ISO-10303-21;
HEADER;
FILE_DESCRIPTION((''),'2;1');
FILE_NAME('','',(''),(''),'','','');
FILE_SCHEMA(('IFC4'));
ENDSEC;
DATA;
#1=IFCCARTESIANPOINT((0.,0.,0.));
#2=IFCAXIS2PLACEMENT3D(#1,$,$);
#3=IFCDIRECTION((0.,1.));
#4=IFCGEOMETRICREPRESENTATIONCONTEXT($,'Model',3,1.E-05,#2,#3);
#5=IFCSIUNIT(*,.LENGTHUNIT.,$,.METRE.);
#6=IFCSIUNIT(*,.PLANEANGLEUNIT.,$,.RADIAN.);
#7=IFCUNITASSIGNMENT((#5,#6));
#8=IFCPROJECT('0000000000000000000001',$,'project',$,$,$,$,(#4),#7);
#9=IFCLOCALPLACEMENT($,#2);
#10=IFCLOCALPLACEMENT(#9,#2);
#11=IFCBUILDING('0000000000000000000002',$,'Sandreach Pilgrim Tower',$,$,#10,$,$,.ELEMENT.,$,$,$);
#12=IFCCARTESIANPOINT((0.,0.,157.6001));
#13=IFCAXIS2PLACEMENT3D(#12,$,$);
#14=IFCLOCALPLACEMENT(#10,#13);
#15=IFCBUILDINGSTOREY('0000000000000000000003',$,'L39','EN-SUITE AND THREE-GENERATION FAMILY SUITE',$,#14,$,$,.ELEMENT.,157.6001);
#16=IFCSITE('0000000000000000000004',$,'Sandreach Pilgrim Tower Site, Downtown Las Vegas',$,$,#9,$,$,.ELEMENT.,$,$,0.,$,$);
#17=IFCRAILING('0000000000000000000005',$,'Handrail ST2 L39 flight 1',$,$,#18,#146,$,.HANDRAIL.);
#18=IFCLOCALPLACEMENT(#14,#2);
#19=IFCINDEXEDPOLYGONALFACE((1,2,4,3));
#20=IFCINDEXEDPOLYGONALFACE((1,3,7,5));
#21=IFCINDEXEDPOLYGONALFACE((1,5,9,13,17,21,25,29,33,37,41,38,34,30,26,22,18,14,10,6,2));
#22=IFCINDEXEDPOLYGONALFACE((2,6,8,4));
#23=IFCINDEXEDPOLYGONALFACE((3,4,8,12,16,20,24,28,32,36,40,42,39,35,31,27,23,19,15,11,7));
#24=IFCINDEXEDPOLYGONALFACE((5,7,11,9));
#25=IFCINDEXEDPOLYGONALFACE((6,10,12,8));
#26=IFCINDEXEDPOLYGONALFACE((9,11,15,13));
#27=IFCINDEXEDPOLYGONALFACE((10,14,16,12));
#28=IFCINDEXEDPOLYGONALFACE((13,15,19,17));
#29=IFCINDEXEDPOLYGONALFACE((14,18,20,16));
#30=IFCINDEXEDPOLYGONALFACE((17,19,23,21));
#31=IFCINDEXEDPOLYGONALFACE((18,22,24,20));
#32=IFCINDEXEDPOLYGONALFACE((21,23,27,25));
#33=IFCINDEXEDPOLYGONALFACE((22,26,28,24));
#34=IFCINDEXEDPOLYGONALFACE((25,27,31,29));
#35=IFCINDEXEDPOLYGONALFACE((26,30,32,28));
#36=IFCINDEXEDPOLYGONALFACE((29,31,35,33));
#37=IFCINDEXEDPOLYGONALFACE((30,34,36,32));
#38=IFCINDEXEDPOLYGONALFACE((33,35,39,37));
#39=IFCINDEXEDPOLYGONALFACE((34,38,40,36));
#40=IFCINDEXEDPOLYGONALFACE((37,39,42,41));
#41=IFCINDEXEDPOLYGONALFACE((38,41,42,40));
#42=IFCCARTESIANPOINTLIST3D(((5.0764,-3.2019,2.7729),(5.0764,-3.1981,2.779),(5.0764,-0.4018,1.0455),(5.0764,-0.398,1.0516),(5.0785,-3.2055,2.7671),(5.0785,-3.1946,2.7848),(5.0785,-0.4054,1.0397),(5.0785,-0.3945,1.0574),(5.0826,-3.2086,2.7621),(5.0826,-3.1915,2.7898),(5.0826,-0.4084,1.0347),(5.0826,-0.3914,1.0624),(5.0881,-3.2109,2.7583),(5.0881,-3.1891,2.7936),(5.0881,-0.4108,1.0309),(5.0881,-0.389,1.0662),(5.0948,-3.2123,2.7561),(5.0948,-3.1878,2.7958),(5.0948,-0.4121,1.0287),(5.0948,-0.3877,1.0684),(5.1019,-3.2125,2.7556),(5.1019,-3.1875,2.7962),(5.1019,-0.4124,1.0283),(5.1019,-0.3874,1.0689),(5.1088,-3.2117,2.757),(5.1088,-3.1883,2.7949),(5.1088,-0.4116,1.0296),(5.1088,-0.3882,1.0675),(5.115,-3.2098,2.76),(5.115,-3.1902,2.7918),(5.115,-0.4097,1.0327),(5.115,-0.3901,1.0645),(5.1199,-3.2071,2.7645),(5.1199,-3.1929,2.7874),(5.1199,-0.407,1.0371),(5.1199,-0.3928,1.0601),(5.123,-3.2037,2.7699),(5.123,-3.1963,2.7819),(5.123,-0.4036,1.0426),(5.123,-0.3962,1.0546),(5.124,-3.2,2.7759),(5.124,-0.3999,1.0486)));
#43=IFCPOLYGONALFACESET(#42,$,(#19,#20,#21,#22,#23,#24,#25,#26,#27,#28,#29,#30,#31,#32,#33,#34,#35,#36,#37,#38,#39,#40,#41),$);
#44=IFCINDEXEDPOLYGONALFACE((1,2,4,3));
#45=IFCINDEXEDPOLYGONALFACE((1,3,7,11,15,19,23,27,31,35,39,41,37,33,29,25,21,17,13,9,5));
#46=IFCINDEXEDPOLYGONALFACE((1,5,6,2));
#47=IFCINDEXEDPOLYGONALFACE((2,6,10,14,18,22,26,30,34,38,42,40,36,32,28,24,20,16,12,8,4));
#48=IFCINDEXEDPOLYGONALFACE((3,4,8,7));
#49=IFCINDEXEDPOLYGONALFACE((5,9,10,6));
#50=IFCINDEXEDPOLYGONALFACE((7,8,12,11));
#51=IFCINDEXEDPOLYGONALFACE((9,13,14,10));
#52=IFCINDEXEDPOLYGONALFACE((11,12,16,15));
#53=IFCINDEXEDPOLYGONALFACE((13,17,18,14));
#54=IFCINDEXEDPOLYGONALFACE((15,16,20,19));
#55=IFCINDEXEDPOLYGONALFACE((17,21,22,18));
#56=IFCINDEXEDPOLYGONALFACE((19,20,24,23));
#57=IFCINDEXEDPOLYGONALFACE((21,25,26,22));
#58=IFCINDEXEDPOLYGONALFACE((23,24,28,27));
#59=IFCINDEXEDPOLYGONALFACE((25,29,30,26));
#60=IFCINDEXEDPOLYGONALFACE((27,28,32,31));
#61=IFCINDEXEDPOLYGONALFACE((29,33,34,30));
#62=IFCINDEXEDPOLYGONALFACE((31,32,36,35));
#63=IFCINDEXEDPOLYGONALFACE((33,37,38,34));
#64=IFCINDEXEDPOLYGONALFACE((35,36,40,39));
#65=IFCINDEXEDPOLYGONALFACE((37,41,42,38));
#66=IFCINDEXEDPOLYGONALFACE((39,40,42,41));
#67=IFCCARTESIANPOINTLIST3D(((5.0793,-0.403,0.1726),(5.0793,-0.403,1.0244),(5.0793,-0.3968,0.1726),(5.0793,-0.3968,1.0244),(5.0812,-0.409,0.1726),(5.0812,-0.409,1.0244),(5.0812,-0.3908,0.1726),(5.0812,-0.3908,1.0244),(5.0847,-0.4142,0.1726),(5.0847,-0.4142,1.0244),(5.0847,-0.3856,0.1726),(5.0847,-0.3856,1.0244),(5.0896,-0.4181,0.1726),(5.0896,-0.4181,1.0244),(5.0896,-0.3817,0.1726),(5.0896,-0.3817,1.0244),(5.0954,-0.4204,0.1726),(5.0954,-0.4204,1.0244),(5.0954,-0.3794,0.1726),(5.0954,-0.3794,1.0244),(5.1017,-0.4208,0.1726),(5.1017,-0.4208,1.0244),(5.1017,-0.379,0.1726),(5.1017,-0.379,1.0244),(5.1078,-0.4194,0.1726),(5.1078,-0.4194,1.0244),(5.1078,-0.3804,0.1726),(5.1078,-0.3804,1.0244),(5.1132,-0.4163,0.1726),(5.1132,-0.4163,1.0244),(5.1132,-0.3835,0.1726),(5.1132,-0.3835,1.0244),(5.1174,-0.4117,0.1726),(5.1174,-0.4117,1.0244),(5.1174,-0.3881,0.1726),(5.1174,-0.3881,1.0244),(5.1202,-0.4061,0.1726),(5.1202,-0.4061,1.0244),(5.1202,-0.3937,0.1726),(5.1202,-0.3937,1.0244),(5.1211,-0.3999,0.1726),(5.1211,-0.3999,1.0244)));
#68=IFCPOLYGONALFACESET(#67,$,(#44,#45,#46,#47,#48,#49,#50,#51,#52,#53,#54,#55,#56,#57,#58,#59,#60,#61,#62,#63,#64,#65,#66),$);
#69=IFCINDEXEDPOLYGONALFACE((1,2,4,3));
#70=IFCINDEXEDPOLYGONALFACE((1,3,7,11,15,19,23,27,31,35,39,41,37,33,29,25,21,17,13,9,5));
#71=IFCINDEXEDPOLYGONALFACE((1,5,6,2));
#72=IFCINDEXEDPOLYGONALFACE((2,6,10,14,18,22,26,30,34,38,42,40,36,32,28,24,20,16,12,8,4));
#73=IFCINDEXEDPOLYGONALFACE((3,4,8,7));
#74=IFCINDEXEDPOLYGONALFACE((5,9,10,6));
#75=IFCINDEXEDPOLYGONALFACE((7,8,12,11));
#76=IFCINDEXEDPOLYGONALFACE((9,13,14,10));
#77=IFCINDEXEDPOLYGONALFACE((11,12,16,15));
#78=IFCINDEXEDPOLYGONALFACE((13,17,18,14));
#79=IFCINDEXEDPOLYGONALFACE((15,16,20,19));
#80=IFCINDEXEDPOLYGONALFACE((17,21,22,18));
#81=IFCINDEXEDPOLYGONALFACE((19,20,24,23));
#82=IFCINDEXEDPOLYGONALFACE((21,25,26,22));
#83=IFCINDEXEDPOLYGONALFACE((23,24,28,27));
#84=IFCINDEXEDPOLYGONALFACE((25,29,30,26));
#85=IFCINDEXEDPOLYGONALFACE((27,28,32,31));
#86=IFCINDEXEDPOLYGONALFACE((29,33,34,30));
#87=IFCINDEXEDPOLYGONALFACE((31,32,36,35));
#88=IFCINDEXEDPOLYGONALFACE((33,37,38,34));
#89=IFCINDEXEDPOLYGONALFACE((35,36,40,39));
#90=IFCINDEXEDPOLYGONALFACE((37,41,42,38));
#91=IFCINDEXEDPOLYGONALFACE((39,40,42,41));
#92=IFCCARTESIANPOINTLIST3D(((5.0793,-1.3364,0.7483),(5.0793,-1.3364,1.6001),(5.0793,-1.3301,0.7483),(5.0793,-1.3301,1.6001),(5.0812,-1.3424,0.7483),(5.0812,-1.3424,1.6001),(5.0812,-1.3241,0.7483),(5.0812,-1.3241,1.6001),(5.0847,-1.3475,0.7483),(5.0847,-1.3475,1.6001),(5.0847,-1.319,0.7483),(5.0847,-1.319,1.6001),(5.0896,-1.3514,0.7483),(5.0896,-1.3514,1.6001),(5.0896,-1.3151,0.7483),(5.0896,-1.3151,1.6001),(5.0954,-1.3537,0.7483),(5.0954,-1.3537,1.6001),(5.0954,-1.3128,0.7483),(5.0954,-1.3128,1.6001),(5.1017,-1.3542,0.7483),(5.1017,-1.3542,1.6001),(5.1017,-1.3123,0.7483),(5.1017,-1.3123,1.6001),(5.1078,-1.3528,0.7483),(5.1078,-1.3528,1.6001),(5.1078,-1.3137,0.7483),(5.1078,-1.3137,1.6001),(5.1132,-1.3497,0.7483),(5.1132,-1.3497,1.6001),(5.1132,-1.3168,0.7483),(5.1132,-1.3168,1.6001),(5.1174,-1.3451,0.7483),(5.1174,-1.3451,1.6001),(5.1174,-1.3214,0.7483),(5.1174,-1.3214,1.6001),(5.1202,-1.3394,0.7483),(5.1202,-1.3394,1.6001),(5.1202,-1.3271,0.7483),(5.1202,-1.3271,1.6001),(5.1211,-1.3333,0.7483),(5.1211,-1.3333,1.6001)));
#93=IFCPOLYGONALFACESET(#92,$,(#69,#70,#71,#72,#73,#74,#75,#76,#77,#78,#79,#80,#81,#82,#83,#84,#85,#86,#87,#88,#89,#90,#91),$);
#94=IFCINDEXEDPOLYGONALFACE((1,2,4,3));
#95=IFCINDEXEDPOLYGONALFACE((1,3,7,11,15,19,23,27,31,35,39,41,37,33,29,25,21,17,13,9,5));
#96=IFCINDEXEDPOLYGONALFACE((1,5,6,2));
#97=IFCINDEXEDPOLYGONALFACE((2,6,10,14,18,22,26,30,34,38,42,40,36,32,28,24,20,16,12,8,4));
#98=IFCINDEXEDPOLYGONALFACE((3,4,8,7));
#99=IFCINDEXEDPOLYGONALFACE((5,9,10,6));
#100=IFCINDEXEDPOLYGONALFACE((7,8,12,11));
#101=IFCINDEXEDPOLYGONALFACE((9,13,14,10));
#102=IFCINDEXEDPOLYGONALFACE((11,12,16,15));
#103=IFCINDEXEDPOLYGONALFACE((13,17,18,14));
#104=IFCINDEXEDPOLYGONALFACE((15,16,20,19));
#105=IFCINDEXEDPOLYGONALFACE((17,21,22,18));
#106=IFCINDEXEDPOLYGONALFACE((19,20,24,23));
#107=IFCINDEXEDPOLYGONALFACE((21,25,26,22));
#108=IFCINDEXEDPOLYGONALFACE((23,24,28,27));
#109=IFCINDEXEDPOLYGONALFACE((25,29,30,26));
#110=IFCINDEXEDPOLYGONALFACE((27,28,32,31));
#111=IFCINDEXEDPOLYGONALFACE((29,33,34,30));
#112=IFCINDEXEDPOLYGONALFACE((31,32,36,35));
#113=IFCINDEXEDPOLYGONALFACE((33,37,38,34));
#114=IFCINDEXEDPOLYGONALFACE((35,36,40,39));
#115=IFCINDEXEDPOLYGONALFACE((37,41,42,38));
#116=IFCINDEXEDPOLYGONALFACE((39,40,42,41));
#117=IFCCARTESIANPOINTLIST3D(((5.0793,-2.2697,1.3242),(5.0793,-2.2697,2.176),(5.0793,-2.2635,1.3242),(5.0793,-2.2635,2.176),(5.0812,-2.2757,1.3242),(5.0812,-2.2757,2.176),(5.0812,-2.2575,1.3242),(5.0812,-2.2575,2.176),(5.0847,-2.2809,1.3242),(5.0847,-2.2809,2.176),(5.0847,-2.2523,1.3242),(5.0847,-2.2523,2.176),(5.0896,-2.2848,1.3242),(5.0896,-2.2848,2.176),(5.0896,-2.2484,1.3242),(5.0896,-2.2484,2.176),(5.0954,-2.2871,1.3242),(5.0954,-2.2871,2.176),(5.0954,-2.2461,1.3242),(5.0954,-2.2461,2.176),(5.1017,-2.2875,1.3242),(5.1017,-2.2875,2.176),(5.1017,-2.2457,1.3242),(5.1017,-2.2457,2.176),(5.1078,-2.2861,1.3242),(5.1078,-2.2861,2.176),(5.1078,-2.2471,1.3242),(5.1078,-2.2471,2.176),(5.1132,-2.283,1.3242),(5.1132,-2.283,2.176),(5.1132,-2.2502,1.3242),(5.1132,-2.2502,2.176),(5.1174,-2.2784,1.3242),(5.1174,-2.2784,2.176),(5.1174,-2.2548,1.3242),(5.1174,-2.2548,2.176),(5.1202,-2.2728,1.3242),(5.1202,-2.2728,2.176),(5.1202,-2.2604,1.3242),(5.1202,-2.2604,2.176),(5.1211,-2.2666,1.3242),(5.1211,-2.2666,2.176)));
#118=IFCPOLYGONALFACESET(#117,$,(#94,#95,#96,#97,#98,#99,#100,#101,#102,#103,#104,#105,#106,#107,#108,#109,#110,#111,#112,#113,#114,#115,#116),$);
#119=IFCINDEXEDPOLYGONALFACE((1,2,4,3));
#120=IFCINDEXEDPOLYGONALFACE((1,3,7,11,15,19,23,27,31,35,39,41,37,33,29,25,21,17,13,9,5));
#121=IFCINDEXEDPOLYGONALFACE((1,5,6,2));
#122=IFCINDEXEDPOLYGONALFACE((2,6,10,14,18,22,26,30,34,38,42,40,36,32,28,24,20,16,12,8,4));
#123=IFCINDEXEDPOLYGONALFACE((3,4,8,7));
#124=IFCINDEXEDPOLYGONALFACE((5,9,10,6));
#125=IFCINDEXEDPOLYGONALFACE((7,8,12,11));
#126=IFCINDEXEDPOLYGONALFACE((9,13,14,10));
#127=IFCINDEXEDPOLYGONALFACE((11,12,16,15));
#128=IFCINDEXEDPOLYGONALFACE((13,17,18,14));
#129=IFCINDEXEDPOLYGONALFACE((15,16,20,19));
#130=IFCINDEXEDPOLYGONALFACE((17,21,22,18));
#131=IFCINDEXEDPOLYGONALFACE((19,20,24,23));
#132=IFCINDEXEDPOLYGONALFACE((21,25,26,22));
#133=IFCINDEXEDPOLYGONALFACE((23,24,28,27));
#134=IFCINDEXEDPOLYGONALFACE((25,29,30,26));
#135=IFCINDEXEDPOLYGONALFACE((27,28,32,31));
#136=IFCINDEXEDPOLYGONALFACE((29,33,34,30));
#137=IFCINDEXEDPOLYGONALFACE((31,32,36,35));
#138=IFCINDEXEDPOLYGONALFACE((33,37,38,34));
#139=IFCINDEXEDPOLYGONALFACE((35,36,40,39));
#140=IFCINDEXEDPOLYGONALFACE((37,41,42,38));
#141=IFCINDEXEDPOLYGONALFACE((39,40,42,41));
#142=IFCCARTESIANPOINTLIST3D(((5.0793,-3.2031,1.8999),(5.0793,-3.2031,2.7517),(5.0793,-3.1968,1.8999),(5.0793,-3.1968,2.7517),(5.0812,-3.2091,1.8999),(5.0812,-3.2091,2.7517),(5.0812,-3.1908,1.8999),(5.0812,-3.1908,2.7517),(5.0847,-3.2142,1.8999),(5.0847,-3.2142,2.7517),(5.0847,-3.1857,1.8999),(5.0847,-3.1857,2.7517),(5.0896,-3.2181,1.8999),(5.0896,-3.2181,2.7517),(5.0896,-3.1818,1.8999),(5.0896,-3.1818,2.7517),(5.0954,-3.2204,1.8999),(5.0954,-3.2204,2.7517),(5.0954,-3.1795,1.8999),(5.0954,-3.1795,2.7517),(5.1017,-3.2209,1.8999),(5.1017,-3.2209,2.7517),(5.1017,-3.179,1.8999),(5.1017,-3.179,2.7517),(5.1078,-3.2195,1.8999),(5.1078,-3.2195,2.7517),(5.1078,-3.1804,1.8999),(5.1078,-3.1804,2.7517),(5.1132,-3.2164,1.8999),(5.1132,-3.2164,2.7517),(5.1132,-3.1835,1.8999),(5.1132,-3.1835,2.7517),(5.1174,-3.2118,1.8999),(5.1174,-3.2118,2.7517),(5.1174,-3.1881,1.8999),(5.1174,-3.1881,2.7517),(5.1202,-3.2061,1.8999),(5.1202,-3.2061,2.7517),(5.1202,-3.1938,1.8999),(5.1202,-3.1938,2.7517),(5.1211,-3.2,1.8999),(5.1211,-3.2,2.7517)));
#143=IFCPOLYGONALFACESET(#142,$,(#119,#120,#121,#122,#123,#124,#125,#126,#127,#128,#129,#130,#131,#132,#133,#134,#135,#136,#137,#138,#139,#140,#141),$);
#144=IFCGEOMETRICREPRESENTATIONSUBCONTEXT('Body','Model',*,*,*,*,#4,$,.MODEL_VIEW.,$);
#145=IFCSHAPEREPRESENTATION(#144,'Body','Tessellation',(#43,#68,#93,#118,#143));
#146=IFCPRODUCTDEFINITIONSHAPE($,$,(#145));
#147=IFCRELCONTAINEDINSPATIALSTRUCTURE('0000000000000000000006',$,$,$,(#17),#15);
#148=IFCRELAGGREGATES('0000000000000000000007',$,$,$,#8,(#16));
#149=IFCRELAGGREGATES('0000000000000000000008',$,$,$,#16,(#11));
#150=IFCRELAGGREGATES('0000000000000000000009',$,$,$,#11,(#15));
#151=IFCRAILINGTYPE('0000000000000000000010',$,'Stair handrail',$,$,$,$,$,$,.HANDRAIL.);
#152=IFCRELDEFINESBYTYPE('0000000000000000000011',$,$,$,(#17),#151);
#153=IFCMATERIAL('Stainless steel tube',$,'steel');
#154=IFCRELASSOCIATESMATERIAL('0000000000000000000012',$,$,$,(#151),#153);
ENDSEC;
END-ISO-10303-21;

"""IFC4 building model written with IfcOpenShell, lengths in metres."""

from ifc_helpers import new_model, si_unit, direction, frame, origin, origin_2d, place, context, subcontext, project, spatial, circle, extrude, material, type_object, element, save


model = new_model("IFC4")

# Units and contexts
model_context = context("Model", 3, precision=1e-05, world=origin(), true_north=direction((0.0, 1.0)))
body_context = subcontext(model_context, "Body", "Model", "MODEL_VIEW")
ifc_project = project(units=[si_unit("LENGTHUNIT", "METRE"), si_unit("PLANEANGLEUNIT", "RADIAN")], contexts=[model_context])

# Site, building, storey
site_placement = place(None, origin())
site = spatial("IfcSite", under=ifc_project, at=site_placement, Name="Sandreach Pilgrim Tower Site, Downtown Las Vegas", CompositionType="ELEMENT", RefElevation=0.0)
building_placement = place(site_placement, origin())
building = spatial("IfcBuilding", under=site, at=building_placement, Name="Sandreach Pilgrim Tower", CompositionType="ELEMENT")
storey_placement = place(building_placement, frame((0.0, 0.0, 157.6001)))
storey = spatial("IfcBuildingStorey", under=building, at=storey_placement, Name="L39", Description="EN-SUITE AND THREE-GENERATION FAMILY SUITE", CompositionType="ELEMENT", Elevation=157.6001)

# Railing
ifc_material_1 = material(Name="Stainless steel tube", Category="steel")
railing_type = type_object("IfcRailingType", Name="Stair handrail", PredefinedType="HANDRAIL", material=ifc_material_1)
for number, where, name in (
    (1, (5.1001, -0.3999, 0.1726), "Handrail ST2 L39 flight 1"),
):
    element("IfcRailing", number, at=place(storey_placement, frame(where)), inside=storey, type_object=railing_type, Name=name, PredefinedType="HANDRAIL", context=body_context, shape_type="SweptSolid", body=[
        extrude(circle(Radius=0.0239, at=origin_2d()), frame((0.0, 0.0, 0.876), z_axis=(0.0, -0.85109, 0.52502), x_axis=(1.0, 0.0, 0.0)), (0.0, 0.0, 1.0), 3.29),
        extrude(circle(Radius=0.021, at=origin_2d()), origin(), (0.0, 0.0, 1.0), 0.8518),
        extrude(circle(Radius=0.021, at=origin_2d()), frame((0.0, -0.9333, 0.5757)), (0.0, 0.0, 1.0), 0.8518),
        extrude(circle(Radius=0.021, at=origin_2d()), frame((0.0, -1.8667, 1.1516)), (0.0, 0.0, 1.0), 0.8518),
        extrude(circle(Radius=0.021, at=origin_2d()), frame((0.0, -2.8, 1.7273)), (0.0, 0.0, 1.0), 0.8518),
    ])

save(model, "model.ifc")
